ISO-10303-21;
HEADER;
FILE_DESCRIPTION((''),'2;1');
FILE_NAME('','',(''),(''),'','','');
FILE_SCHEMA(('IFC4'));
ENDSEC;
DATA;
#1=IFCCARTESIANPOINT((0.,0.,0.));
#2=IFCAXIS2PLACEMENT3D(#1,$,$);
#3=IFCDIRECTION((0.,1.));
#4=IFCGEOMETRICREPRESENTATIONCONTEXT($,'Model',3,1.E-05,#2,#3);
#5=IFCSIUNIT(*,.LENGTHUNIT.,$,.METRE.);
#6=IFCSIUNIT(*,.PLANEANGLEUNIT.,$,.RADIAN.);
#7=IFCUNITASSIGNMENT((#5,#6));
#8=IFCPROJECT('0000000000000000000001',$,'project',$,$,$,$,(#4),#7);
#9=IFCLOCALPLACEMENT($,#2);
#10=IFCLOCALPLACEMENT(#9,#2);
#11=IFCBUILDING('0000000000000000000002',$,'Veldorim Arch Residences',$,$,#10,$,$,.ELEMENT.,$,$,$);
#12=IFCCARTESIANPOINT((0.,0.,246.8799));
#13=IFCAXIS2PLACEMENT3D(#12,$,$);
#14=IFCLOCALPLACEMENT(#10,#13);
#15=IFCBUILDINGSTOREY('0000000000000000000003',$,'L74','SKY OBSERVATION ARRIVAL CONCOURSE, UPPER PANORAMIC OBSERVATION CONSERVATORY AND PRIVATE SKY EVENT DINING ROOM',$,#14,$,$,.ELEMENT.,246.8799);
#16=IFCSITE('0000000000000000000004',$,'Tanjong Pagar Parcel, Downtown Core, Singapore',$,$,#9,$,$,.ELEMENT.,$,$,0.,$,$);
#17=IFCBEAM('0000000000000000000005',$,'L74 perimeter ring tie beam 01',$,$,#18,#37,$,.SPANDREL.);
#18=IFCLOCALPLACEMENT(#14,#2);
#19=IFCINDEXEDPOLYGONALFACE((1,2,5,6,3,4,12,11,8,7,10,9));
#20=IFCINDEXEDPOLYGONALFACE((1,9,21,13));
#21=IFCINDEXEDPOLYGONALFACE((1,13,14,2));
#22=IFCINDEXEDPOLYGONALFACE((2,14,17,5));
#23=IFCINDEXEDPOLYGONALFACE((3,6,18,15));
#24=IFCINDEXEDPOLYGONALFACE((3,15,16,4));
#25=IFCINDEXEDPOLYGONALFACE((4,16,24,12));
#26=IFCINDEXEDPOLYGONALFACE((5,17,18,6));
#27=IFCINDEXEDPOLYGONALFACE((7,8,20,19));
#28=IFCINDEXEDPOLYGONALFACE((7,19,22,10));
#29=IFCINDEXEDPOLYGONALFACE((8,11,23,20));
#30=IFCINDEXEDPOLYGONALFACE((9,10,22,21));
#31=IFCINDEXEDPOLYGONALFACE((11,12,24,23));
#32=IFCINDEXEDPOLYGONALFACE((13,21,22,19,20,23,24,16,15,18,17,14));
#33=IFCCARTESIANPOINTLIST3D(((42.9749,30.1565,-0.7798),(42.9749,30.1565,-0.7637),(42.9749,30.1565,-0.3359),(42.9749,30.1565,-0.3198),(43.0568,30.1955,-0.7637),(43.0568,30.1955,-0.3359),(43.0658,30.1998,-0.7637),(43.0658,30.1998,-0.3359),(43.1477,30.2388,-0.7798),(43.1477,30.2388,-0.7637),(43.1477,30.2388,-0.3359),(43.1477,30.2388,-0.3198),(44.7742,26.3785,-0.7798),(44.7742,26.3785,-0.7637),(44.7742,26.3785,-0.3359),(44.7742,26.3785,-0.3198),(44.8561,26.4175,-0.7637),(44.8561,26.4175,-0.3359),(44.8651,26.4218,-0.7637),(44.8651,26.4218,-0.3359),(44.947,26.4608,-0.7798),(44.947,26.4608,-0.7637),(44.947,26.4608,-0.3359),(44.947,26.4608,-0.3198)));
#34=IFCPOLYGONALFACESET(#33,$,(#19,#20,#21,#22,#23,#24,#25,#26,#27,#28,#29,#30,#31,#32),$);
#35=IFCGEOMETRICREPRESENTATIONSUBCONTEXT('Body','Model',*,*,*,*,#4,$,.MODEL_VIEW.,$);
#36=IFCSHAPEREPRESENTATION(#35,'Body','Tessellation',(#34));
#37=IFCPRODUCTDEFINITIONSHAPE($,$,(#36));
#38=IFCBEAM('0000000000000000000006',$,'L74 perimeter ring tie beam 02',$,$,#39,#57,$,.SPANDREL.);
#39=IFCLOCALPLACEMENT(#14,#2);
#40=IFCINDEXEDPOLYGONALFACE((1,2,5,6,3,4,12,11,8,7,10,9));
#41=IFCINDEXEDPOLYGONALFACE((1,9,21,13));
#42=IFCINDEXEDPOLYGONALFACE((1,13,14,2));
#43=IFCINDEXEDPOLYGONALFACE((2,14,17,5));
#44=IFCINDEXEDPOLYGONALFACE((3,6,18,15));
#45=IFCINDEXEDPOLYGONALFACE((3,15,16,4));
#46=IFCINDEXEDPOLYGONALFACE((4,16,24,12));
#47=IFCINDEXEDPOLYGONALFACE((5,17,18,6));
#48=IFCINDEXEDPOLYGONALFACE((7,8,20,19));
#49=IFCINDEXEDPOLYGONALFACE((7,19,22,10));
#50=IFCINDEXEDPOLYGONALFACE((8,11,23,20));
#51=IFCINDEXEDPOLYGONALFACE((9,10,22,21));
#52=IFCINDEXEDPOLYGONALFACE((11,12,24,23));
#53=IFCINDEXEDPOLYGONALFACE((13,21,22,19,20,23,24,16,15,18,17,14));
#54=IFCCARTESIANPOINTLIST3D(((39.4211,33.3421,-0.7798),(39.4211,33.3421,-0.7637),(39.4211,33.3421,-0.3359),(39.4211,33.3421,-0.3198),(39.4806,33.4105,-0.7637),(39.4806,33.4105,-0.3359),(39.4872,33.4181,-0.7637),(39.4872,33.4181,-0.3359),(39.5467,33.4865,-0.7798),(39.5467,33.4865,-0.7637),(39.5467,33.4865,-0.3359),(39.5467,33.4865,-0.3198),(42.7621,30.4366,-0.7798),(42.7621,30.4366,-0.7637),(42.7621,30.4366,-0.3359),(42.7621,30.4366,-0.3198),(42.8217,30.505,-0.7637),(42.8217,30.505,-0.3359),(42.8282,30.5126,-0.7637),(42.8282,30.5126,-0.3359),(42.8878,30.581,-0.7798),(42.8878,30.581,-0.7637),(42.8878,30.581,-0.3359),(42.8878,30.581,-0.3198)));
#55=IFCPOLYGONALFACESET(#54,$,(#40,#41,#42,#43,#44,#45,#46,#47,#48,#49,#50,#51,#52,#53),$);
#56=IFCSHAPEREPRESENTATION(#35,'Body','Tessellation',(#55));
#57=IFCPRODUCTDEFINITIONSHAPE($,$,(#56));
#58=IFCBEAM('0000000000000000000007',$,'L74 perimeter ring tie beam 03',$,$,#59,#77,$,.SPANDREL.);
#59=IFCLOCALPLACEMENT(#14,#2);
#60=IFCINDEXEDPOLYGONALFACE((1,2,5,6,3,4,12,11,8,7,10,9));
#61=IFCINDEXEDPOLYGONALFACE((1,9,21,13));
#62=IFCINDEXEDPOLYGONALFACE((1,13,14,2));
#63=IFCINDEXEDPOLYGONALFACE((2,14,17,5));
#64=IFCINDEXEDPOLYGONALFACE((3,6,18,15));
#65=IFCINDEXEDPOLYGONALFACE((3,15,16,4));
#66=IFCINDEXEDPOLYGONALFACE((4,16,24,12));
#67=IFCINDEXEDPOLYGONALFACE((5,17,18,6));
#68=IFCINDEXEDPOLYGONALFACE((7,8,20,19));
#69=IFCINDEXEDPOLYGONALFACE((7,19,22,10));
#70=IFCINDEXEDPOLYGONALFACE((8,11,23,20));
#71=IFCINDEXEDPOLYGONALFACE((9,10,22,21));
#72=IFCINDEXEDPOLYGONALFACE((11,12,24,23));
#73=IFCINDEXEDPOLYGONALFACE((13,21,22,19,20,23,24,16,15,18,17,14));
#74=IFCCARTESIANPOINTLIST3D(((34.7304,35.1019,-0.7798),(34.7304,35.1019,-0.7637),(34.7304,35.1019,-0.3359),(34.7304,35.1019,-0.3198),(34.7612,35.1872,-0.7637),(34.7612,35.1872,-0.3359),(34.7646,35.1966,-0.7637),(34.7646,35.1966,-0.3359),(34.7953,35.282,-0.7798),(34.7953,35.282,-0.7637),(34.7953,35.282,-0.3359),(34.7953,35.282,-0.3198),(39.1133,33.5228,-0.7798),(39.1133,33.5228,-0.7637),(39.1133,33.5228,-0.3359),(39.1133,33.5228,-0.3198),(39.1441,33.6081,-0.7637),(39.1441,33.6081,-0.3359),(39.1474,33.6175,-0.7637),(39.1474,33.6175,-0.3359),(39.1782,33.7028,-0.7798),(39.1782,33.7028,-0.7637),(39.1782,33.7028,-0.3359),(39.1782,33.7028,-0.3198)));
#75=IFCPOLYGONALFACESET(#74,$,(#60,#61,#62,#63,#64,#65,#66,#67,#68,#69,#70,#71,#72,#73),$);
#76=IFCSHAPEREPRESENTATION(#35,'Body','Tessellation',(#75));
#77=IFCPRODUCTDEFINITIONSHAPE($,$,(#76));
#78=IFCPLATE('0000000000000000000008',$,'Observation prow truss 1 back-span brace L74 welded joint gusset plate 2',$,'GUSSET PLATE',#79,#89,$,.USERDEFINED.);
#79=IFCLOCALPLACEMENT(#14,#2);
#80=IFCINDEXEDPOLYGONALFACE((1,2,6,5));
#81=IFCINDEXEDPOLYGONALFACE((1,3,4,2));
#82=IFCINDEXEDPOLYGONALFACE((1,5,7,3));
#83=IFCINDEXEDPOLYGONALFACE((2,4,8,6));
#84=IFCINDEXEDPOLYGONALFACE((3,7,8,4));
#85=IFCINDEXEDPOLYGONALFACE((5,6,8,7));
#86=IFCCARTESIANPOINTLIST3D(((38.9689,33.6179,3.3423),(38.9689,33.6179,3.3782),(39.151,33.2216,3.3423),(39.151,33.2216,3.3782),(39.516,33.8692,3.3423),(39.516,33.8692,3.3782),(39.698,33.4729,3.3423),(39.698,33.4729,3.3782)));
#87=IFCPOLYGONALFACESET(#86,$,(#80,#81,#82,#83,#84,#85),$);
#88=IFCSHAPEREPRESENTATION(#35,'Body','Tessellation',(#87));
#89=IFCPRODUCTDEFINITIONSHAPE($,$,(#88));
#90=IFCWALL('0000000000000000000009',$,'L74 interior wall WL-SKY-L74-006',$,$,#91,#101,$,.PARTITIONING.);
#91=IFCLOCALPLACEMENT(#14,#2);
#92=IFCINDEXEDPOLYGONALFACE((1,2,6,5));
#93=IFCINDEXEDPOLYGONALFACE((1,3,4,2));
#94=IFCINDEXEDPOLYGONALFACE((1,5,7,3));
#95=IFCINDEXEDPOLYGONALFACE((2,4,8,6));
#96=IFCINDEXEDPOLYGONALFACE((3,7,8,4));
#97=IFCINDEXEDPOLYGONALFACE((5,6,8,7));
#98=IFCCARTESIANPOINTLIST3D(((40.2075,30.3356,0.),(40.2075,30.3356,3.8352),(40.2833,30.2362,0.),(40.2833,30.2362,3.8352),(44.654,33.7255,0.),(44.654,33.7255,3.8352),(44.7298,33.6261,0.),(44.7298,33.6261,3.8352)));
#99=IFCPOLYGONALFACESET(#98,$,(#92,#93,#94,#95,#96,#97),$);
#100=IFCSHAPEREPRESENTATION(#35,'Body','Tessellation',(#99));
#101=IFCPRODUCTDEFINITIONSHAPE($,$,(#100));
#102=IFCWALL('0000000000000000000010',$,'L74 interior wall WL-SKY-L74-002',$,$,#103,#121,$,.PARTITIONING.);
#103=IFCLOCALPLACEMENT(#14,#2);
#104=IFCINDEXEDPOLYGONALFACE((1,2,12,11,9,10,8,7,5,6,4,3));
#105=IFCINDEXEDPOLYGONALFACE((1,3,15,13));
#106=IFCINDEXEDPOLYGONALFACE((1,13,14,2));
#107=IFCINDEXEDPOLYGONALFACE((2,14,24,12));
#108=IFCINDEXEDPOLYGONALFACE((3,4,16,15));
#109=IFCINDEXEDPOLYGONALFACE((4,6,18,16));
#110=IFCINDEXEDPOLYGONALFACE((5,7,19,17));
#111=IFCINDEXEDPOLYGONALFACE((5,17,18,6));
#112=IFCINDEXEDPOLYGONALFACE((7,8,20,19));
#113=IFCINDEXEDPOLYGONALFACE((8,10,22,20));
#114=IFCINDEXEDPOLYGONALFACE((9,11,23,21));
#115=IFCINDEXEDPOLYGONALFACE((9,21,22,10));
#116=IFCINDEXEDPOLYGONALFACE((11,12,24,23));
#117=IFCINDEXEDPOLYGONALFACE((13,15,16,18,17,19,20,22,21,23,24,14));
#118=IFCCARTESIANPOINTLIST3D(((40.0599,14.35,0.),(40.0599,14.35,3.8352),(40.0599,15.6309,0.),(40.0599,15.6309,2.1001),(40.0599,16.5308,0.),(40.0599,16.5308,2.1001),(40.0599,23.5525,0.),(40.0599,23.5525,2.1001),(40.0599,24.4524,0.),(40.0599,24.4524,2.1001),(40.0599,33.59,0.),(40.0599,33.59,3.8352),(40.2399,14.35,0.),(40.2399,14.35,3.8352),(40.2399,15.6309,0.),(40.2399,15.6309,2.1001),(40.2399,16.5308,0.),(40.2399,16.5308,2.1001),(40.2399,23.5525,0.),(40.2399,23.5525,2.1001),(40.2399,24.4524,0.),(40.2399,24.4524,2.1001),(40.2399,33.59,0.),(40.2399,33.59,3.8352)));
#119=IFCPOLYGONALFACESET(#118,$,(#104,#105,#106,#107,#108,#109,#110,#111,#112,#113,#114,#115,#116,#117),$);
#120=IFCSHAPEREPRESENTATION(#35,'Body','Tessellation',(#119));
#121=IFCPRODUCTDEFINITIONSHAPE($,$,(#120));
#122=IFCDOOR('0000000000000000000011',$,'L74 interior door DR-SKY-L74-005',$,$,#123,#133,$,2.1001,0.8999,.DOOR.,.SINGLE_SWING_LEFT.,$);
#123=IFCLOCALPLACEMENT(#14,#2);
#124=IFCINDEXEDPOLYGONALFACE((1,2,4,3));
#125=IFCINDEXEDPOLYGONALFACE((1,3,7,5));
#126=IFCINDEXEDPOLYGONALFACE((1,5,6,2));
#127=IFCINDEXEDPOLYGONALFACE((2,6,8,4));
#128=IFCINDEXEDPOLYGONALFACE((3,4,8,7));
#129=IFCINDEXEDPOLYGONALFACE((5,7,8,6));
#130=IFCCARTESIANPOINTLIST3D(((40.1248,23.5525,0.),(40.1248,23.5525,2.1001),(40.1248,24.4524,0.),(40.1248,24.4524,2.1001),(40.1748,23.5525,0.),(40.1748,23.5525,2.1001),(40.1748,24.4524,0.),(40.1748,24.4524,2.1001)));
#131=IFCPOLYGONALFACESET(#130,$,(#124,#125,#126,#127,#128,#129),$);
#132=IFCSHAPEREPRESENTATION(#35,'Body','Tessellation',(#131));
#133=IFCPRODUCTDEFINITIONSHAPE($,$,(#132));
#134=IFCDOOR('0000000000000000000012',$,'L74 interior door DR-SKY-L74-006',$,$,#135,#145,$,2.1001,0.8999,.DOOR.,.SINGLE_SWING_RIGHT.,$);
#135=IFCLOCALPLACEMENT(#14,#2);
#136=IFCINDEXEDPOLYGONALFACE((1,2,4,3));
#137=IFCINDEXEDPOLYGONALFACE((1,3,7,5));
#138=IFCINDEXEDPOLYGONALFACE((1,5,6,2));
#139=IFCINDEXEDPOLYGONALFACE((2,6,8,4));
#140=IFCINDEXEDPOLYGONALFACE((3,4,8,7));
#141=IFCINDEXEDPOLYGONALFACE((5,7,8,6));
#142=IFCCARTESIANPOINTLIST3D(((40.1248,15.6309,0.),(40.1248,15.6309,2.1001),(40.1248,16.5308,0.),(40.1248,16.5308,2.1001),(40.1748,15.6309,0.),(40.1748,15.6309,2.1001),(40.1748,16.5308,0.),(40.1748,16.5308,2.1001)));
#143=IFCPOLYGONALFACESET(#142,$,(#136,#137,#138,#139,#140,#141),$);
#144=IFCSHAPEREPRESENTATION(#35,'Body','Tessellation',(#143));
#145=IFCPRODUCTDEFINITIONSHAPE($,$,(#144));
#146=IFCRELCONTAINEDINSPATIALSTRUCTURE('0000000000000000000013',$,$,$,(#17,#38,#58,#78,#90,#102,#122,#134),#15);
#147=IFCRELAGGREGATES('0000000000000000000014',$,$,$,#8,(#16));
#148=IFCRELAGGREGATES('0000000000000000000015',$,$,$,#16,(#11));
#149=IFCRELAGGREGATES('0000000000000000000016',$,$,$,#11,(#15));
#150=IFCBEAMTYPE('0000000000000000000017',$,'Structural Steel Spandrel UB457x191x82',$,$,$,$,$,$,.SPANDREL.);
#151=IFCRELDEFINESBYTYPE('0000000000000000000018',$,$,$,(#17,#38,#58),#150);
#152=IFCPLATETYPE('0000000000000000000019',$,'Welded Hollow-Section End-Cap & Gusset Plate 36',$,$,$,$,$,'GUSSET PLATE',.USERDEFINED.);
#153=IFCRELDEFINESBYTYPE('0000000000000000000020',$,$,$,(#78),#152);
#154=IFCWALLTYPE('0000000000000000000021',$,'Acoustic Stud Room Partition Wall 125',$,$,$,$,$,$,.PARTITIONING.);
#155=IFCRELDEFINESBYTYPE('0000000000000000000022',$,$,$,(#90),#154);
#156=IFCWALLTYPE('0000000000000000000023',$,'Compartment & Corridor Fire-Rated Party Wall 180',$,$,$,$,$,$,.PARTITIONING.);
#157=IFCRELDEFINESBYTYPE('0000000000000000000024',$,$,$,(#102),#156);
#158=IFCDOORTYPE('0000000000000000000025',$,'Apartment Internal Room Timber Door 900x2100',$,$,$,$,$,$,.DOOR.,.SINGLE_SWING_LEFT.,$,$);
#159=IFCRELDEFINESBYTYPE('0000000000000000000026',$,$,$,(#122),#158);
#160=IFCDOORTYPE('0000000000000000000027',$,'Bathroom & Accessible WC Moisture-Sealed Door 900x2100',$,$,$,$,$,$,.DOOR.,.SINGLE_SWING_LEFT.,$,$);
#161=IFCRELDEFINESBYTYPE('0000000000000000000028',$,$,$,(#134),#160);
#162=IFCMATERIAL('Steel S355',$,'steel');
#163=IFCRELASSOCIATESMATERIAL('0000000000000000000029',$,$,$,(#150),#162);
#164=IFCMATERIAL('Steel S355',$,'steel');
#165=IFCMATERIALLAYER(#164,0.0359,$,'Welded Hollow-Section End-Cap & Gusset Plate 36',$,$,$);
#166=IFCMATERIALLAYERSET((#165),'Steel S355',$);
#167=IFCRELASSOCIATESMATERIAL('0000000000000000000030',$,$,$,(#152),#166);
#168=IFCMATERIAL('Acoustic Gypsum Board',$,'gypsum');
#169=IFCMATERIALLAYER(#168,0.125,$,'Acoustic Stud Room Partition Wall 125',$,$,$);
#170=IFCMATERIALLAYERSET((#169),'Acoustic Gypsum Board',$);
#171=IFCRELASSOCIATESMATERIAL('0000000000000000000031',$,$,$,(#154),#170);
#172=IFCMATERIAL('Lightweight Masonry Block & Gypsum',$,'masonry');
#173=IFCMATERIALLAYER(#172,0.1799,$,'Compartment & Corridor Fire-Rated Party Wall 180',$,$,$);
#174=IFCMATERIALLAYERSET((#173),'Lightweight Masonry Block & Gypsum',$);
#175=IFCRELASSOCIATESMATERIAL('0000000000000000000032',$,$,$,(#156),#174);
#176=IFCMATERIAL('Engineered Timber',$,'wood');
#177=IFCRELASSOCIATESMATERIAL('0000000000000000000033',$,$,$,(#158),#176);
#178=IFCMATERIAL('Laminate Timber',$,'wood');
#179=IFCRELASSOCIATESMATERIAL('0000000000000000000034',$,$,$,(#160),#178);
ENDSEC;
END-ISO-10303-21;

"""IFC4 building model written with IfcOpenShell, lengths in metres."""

from ifc_helpers import new_model, si_unit, direction, frame, frame_2d, origin, origin_2d, place, context, subcontext, project, spatial, rectangle, i_section, extrude, material, layer, layer_set, material_profile, profile_set, type_object, element, fill, save


model = new_model("IFC4")

# Units and contexts
model_context = context("Model", 3, precision=1e-05, world=origin(), true_north=direction((0.0, 1.0)))
body_context = subcontext(model_context, "Body", "Model", "MODEL_VIEW")
ifc_project = project(units=[si_unit("LENGTHUNIT", "METRE"), si_unit("PLANEANGLEUNIT", "RADIAN")], contexts=[model_context])

# Site, building, storey
site_placement = place(None, origin())
site = spatial("IfcSite", under=ifc_project, at=site_placement, Name="Tanjong Pagar Parcel, Downtown Core, Singapore", CompositionType="ELEMENT", RefElevation=0.0)
building_placement = place(site_placement, origin())
building = spatial("IfcBuilding", under=site, at=building_placement, Name="Veldorim Arch Residences", CompositionType="ELEMENT")
storey_placement = place(building_placement, frame((0.0, 0.0, 246.8799)))
storey = spatial("IfcBuildingStorey", under=building, at=storey_placement, Name="L74", Description="SKY OBSERVATION ARRIVAL CONCOURSE, UPPER PANORAMIC OBSERVATION CONSERVATORY AND PRIVATE SKY EVENT DINING ROOM", CompositionType="ELEMENT", Elevation=246.8799)

# Beams
ifc_material_1 = material(Name="Steel S355", Category="steel")
ifc_material_profile_1 = material_profile(ifc_material_1, i_section(OverallWidth=0.1914, OverallDepth=0.46, WebThickness=0.01, FlangeThickness=0.0161, at=origin_2d()), Name="UB457x191x82")
ifc_profile_set_1 = profile_set([ifc_material_profile_1], Name="Steel S355")
beam_type_1 = type_object("IfcBeamType", Name="Structural Steel Spandrel UB457x191x82", PredefinedType="SPANDREL", material=ifc_profile_set_1)
beam_1_placement = place(storey_placement, frame((44.8606, 26.4197, -0.5498), z_axis=(-0.429979, 0.902839, 0.0), x_axis=(-0.902839, -0.429979, 0.0)))
element("IfcBeam", 1, at=beam_1_placement, inside=storey, type_object=beam_type_1, Name="L74 perimeter ring tie beam 01", PredefinedType="SPANDREL", context=body_context, shape_type="SweptSolid", body=[
    extrude(i_section(OverallWidth=0.1914, OverallDepth=0.46, WebThickness=0.01, FlangeThickness=0.0161, at=origin_2d()), origin(), (0.0, 0.0, 1.0), 4.1846),
])
beam_2_placement = place(storey_placement, frame((42.825, 30.5088, -0.5498), z_axis=(-0.754578, 0.65621, 0.0), x_axis=(-0.65621, -0.754578, 0.0)))
element("IfcBeam", 2, at=beam_2_placement, inside=storey, type_object=beam_type_1, Name="L74 perimeter ring tie beam 02", PredefinedType="SPANDREL", context=body_context, shape_type="SweptSolid", body=[
    extrude(i_section(OverallWidth=0.1914, OverallDepth=0.46, WebThickness=0.01, FlangeThickness=0.0161, at=origin_2d()), origin(), (0.0, 0.0, 1.0), 4.4277),
])
beam_3_placement = place(storey_placement, frame((39.1458, 33.6128, -0.5498), z_axis=(-0.940799, 0.338964, 0.0), x_axis=(-0.338964, -0.940799, 0.0)))
element("IfcBeam", 3, at=beam_3_placement, inside=storey, type_object=beam_type_1, Name="L74 perimeter ring tie beam 03", PredefinedType="SPANDREL", context=body_context, shape_type="SweptSolid", body=[
    extrude(i_section(OverallWidth=0.1914, OverallDepth=0.46, WebThickness=0.01, FlangeThickness=0.0161, at=origin_2d()), origin(), (0.0, 0.0, 1.0), 4.6587),
])

# Plate
ifc_material_2 = material(Name="Steel S355", Category="steel")
ifc_layer_1 = layer(ifc_material_2, 0.0359, Name="Welded Hollow-Section End-Cap & Gusset Plate 36")
ifc_layer_set_1 = layer_set([ifc_layer_1], Name="Steel S355")
plate_type = type_object("IfcPlateType", Name="Welded Hollow-Section End-Cap & Gusset Plate 36", ElementType="GUSSET PLATE", PredefinedType="USERDEFINED", material=ifc_layer_set_1)
plate_placement = place(storey_placement, frame((39.3335, 33.5454, 3.3423), z_axis=(0.0, 0.0, 1.0), x_axis=(0.908712, 0.417423, 0.0)))
element("IfcPlate", 4, at=plate_placement, inside=storey, type_object=plate_type, Name="Observation prow truss 1 back-span brace L74 welded joint gusset plate 2", ObjectType="GUSSET PLATE", PredefinedType="USERDEFINED", context=body_context, shape_type="SweptSolid", body=[
    extrude(rectangle(XDim=0.6021, YDim=0.436, at=origin_2d()), origin(), (0.0, 0.0, 1.0), 0.0359),
])

# Wall
ifc_material_3 = material(Name="Acoustic Gypsum Board", Category="gypsum")
ifc_layer_2 = layer(ifc_material_3, 0.125, Name="Acoustic Stud Room Partition Wall 125")
ifc_layer_set_2 = layer_set([ifc_layer_2], Name="Acoustic Gypsum Board")
wall_type_1 = type_object("IfcWallType", Name="Acoustic Stud Room Partition Wall 125", PredefinedType="PARTITIONING", material=ifc_layer_set_2)
wall_1_placement = place(storey_placement, frame((44.6919, 33.6758, 0.0), z_axis=(0.0, 0.0, 1.0), x_axis=(-0.795254, -0.606276, 0.0)))
element("IfcWall", 5, at=wall_1_placement, inside=storey, type_object=wall_type_1, Name="L74 interior wall WL-SKY-L74-006", PredefinedType="PARTITIONING", context=body_context, shape_type="SweptSolid", body=[
    extrude(rectangle(XDim=5.5913, YDim=0.125, at=frame_2d((2.7957, 0.0))), origin(), (0.0, 0.0, 1.0), 3.8352),
])

# Wall, openings, doors
ifc_material_4 = material(Name="Lightweight Masonry Block & Gypsum", Category="masonry")
ifc_layer_3 = layer(ifc_material_4, 0.1799, Name="Compartment & Corridor Fire-Rated Party Wall 180")
ifc_layer_set_3 = layer_set([ifc_layer_3], Name="Lightweight Masonry Block & Gypsum")
wall_type_2 = type_object("IfcWallType", Name="Compartment & Corridor Fire-Rated Party Wall 180", PredefinedType="PARTITIONING", material=ifc_layer_set_3)
wall_2_placement = place(storey_placement, frame((40.1499, 33.5901, 0.0), z_axis=(0.0, 0.0, 1.0), x_axis=(0.0, -1.0, 0.0)))
wall_2 = element("IfcWall", 6, at=wall_2_placement, inside=storey, type_object=wall_type_2, Name="L74 interior wall WL-SKY-L74-002", PredefinedType="PARTITIONING", context=body_context, shape_type="SweptSolid", body=[
    extrude(rectangle(XDim=19.24, YDim=0.1799, at=frame_2d((9.6201, 0.0))), origin(), (0.0, 0.0, 1.0), 3.8352),
])
opening_1_placement = place(wall_2_placement, frame((9.1377, 0.0, 0.0)))
opening_1 = element("IfcOpeningElement", 7, at=opening_1_placement, cuts=wall_2, PredefinedType="OPENING", context=body_context, shape_type="SweptSolid", body=[
    extrude(rectangle(XDim=0.8999, YDim=2.1001, at=frame_2d((0.45, 1.05))), frame((0.0, 0.0999, 0.0), z_axis=(0.0, -1.0, 0.0), x_axis=(1.0, 0.0, 0.0)), (0.0, 0.0, 1.0), 0.2),
])
opening_2_placement = place(wall_2_placement, frame((17.0593, 0.0, 0.0)))
opening_2 = element("IfcOpeningElement", 8, at=opening_2_placement, cuts=wall_2, PredefinedType="OPENING", context=body_context, shape_type="SweptSolid", body=[
    extrude(rectangle(XDim=0.8999, YDim=2.1001, at=frame_2d((0.45, 1.05))), frame((0.0, 0.0999, 0.0), z_axis=(0.0, -1.0, 0.0), x_axis=(1.0, 0.0, 0.0)), (0.0, 0.0, 1.0), 0.2),
])
ifc_material_5 = material(Name="Engineered Timber", Category="wood")
door_type_1 = type_object("IfcDoorType", Name="Apartment Internal Room Timber Door 900x2100", OperationType="SINGLE_SWING_LEFT", PredefinedType="DOOR", material=ifc_material_5)
door_1_placement = place(opening_1_placement, origin())
door_1 = element("IfcDoor", 9, at=door_1_placement, inside=storey, type_object=door_type_1, Name="L74 interior door DR-SKY-L74-005", OperationType="SINGLE_SWING_LEFT", OverallHeight=2.1001, OverallWidth=0.8999, PredefinedType="DOOR", context=body_context, shape_type="SweptSolid", body=[
    extrude(rectangle(XDim=0.8999, YDim=2.1001, at=frame_2d((0.45, 1.05))), frame((0.0, 0.0249, 0.0), z_axis=(0.0, -1.0, 0.0), x_axis=(1.0, 0.0, 0.0)), (0.0, 0.0, 1.0), 0.05),
])
fill(opening_1, door_1)
ifc_material_6 = material(Name="Laminate Timber", Category="wood")
door_type_2 = type_object("IfcDoorType", Name="Bathroom & Accessible WC Moisture-Sealed Door 900x2100", OperationType="SINGLE_SWING_LEFT", PredefinedType="DOOR", material=ifc_material_6)
door_2_placement = place(opening_2_placement, origin())
door_2 = element("IfcDoor", 10, at=door_2_placement, inside=storey, type_object=door_type_2, Name="L74 interior door DR-SKY-L74-006", OperationType="SINGLE_SWING_RIGHT", OverallHeight=2.1001, OverallWidth=0.8999, PredefinedType="DOOR", context=body_context, shape_type="SweptSolid", body=[
    extrude(rectangle(XDim=0.8999, YDim=2.1001, at=frame_2d((0.45, 1.05))), frame((0.0, 0.0249, 0.0), z_axis=(0.0, -1.0, 0.0), x_axis=(1.0, 0.0, 0.0)), (0.0, 0.0, 1.0), 0.05),
])
fill(opening_2, door_2)

save(model, "model.ifc")
